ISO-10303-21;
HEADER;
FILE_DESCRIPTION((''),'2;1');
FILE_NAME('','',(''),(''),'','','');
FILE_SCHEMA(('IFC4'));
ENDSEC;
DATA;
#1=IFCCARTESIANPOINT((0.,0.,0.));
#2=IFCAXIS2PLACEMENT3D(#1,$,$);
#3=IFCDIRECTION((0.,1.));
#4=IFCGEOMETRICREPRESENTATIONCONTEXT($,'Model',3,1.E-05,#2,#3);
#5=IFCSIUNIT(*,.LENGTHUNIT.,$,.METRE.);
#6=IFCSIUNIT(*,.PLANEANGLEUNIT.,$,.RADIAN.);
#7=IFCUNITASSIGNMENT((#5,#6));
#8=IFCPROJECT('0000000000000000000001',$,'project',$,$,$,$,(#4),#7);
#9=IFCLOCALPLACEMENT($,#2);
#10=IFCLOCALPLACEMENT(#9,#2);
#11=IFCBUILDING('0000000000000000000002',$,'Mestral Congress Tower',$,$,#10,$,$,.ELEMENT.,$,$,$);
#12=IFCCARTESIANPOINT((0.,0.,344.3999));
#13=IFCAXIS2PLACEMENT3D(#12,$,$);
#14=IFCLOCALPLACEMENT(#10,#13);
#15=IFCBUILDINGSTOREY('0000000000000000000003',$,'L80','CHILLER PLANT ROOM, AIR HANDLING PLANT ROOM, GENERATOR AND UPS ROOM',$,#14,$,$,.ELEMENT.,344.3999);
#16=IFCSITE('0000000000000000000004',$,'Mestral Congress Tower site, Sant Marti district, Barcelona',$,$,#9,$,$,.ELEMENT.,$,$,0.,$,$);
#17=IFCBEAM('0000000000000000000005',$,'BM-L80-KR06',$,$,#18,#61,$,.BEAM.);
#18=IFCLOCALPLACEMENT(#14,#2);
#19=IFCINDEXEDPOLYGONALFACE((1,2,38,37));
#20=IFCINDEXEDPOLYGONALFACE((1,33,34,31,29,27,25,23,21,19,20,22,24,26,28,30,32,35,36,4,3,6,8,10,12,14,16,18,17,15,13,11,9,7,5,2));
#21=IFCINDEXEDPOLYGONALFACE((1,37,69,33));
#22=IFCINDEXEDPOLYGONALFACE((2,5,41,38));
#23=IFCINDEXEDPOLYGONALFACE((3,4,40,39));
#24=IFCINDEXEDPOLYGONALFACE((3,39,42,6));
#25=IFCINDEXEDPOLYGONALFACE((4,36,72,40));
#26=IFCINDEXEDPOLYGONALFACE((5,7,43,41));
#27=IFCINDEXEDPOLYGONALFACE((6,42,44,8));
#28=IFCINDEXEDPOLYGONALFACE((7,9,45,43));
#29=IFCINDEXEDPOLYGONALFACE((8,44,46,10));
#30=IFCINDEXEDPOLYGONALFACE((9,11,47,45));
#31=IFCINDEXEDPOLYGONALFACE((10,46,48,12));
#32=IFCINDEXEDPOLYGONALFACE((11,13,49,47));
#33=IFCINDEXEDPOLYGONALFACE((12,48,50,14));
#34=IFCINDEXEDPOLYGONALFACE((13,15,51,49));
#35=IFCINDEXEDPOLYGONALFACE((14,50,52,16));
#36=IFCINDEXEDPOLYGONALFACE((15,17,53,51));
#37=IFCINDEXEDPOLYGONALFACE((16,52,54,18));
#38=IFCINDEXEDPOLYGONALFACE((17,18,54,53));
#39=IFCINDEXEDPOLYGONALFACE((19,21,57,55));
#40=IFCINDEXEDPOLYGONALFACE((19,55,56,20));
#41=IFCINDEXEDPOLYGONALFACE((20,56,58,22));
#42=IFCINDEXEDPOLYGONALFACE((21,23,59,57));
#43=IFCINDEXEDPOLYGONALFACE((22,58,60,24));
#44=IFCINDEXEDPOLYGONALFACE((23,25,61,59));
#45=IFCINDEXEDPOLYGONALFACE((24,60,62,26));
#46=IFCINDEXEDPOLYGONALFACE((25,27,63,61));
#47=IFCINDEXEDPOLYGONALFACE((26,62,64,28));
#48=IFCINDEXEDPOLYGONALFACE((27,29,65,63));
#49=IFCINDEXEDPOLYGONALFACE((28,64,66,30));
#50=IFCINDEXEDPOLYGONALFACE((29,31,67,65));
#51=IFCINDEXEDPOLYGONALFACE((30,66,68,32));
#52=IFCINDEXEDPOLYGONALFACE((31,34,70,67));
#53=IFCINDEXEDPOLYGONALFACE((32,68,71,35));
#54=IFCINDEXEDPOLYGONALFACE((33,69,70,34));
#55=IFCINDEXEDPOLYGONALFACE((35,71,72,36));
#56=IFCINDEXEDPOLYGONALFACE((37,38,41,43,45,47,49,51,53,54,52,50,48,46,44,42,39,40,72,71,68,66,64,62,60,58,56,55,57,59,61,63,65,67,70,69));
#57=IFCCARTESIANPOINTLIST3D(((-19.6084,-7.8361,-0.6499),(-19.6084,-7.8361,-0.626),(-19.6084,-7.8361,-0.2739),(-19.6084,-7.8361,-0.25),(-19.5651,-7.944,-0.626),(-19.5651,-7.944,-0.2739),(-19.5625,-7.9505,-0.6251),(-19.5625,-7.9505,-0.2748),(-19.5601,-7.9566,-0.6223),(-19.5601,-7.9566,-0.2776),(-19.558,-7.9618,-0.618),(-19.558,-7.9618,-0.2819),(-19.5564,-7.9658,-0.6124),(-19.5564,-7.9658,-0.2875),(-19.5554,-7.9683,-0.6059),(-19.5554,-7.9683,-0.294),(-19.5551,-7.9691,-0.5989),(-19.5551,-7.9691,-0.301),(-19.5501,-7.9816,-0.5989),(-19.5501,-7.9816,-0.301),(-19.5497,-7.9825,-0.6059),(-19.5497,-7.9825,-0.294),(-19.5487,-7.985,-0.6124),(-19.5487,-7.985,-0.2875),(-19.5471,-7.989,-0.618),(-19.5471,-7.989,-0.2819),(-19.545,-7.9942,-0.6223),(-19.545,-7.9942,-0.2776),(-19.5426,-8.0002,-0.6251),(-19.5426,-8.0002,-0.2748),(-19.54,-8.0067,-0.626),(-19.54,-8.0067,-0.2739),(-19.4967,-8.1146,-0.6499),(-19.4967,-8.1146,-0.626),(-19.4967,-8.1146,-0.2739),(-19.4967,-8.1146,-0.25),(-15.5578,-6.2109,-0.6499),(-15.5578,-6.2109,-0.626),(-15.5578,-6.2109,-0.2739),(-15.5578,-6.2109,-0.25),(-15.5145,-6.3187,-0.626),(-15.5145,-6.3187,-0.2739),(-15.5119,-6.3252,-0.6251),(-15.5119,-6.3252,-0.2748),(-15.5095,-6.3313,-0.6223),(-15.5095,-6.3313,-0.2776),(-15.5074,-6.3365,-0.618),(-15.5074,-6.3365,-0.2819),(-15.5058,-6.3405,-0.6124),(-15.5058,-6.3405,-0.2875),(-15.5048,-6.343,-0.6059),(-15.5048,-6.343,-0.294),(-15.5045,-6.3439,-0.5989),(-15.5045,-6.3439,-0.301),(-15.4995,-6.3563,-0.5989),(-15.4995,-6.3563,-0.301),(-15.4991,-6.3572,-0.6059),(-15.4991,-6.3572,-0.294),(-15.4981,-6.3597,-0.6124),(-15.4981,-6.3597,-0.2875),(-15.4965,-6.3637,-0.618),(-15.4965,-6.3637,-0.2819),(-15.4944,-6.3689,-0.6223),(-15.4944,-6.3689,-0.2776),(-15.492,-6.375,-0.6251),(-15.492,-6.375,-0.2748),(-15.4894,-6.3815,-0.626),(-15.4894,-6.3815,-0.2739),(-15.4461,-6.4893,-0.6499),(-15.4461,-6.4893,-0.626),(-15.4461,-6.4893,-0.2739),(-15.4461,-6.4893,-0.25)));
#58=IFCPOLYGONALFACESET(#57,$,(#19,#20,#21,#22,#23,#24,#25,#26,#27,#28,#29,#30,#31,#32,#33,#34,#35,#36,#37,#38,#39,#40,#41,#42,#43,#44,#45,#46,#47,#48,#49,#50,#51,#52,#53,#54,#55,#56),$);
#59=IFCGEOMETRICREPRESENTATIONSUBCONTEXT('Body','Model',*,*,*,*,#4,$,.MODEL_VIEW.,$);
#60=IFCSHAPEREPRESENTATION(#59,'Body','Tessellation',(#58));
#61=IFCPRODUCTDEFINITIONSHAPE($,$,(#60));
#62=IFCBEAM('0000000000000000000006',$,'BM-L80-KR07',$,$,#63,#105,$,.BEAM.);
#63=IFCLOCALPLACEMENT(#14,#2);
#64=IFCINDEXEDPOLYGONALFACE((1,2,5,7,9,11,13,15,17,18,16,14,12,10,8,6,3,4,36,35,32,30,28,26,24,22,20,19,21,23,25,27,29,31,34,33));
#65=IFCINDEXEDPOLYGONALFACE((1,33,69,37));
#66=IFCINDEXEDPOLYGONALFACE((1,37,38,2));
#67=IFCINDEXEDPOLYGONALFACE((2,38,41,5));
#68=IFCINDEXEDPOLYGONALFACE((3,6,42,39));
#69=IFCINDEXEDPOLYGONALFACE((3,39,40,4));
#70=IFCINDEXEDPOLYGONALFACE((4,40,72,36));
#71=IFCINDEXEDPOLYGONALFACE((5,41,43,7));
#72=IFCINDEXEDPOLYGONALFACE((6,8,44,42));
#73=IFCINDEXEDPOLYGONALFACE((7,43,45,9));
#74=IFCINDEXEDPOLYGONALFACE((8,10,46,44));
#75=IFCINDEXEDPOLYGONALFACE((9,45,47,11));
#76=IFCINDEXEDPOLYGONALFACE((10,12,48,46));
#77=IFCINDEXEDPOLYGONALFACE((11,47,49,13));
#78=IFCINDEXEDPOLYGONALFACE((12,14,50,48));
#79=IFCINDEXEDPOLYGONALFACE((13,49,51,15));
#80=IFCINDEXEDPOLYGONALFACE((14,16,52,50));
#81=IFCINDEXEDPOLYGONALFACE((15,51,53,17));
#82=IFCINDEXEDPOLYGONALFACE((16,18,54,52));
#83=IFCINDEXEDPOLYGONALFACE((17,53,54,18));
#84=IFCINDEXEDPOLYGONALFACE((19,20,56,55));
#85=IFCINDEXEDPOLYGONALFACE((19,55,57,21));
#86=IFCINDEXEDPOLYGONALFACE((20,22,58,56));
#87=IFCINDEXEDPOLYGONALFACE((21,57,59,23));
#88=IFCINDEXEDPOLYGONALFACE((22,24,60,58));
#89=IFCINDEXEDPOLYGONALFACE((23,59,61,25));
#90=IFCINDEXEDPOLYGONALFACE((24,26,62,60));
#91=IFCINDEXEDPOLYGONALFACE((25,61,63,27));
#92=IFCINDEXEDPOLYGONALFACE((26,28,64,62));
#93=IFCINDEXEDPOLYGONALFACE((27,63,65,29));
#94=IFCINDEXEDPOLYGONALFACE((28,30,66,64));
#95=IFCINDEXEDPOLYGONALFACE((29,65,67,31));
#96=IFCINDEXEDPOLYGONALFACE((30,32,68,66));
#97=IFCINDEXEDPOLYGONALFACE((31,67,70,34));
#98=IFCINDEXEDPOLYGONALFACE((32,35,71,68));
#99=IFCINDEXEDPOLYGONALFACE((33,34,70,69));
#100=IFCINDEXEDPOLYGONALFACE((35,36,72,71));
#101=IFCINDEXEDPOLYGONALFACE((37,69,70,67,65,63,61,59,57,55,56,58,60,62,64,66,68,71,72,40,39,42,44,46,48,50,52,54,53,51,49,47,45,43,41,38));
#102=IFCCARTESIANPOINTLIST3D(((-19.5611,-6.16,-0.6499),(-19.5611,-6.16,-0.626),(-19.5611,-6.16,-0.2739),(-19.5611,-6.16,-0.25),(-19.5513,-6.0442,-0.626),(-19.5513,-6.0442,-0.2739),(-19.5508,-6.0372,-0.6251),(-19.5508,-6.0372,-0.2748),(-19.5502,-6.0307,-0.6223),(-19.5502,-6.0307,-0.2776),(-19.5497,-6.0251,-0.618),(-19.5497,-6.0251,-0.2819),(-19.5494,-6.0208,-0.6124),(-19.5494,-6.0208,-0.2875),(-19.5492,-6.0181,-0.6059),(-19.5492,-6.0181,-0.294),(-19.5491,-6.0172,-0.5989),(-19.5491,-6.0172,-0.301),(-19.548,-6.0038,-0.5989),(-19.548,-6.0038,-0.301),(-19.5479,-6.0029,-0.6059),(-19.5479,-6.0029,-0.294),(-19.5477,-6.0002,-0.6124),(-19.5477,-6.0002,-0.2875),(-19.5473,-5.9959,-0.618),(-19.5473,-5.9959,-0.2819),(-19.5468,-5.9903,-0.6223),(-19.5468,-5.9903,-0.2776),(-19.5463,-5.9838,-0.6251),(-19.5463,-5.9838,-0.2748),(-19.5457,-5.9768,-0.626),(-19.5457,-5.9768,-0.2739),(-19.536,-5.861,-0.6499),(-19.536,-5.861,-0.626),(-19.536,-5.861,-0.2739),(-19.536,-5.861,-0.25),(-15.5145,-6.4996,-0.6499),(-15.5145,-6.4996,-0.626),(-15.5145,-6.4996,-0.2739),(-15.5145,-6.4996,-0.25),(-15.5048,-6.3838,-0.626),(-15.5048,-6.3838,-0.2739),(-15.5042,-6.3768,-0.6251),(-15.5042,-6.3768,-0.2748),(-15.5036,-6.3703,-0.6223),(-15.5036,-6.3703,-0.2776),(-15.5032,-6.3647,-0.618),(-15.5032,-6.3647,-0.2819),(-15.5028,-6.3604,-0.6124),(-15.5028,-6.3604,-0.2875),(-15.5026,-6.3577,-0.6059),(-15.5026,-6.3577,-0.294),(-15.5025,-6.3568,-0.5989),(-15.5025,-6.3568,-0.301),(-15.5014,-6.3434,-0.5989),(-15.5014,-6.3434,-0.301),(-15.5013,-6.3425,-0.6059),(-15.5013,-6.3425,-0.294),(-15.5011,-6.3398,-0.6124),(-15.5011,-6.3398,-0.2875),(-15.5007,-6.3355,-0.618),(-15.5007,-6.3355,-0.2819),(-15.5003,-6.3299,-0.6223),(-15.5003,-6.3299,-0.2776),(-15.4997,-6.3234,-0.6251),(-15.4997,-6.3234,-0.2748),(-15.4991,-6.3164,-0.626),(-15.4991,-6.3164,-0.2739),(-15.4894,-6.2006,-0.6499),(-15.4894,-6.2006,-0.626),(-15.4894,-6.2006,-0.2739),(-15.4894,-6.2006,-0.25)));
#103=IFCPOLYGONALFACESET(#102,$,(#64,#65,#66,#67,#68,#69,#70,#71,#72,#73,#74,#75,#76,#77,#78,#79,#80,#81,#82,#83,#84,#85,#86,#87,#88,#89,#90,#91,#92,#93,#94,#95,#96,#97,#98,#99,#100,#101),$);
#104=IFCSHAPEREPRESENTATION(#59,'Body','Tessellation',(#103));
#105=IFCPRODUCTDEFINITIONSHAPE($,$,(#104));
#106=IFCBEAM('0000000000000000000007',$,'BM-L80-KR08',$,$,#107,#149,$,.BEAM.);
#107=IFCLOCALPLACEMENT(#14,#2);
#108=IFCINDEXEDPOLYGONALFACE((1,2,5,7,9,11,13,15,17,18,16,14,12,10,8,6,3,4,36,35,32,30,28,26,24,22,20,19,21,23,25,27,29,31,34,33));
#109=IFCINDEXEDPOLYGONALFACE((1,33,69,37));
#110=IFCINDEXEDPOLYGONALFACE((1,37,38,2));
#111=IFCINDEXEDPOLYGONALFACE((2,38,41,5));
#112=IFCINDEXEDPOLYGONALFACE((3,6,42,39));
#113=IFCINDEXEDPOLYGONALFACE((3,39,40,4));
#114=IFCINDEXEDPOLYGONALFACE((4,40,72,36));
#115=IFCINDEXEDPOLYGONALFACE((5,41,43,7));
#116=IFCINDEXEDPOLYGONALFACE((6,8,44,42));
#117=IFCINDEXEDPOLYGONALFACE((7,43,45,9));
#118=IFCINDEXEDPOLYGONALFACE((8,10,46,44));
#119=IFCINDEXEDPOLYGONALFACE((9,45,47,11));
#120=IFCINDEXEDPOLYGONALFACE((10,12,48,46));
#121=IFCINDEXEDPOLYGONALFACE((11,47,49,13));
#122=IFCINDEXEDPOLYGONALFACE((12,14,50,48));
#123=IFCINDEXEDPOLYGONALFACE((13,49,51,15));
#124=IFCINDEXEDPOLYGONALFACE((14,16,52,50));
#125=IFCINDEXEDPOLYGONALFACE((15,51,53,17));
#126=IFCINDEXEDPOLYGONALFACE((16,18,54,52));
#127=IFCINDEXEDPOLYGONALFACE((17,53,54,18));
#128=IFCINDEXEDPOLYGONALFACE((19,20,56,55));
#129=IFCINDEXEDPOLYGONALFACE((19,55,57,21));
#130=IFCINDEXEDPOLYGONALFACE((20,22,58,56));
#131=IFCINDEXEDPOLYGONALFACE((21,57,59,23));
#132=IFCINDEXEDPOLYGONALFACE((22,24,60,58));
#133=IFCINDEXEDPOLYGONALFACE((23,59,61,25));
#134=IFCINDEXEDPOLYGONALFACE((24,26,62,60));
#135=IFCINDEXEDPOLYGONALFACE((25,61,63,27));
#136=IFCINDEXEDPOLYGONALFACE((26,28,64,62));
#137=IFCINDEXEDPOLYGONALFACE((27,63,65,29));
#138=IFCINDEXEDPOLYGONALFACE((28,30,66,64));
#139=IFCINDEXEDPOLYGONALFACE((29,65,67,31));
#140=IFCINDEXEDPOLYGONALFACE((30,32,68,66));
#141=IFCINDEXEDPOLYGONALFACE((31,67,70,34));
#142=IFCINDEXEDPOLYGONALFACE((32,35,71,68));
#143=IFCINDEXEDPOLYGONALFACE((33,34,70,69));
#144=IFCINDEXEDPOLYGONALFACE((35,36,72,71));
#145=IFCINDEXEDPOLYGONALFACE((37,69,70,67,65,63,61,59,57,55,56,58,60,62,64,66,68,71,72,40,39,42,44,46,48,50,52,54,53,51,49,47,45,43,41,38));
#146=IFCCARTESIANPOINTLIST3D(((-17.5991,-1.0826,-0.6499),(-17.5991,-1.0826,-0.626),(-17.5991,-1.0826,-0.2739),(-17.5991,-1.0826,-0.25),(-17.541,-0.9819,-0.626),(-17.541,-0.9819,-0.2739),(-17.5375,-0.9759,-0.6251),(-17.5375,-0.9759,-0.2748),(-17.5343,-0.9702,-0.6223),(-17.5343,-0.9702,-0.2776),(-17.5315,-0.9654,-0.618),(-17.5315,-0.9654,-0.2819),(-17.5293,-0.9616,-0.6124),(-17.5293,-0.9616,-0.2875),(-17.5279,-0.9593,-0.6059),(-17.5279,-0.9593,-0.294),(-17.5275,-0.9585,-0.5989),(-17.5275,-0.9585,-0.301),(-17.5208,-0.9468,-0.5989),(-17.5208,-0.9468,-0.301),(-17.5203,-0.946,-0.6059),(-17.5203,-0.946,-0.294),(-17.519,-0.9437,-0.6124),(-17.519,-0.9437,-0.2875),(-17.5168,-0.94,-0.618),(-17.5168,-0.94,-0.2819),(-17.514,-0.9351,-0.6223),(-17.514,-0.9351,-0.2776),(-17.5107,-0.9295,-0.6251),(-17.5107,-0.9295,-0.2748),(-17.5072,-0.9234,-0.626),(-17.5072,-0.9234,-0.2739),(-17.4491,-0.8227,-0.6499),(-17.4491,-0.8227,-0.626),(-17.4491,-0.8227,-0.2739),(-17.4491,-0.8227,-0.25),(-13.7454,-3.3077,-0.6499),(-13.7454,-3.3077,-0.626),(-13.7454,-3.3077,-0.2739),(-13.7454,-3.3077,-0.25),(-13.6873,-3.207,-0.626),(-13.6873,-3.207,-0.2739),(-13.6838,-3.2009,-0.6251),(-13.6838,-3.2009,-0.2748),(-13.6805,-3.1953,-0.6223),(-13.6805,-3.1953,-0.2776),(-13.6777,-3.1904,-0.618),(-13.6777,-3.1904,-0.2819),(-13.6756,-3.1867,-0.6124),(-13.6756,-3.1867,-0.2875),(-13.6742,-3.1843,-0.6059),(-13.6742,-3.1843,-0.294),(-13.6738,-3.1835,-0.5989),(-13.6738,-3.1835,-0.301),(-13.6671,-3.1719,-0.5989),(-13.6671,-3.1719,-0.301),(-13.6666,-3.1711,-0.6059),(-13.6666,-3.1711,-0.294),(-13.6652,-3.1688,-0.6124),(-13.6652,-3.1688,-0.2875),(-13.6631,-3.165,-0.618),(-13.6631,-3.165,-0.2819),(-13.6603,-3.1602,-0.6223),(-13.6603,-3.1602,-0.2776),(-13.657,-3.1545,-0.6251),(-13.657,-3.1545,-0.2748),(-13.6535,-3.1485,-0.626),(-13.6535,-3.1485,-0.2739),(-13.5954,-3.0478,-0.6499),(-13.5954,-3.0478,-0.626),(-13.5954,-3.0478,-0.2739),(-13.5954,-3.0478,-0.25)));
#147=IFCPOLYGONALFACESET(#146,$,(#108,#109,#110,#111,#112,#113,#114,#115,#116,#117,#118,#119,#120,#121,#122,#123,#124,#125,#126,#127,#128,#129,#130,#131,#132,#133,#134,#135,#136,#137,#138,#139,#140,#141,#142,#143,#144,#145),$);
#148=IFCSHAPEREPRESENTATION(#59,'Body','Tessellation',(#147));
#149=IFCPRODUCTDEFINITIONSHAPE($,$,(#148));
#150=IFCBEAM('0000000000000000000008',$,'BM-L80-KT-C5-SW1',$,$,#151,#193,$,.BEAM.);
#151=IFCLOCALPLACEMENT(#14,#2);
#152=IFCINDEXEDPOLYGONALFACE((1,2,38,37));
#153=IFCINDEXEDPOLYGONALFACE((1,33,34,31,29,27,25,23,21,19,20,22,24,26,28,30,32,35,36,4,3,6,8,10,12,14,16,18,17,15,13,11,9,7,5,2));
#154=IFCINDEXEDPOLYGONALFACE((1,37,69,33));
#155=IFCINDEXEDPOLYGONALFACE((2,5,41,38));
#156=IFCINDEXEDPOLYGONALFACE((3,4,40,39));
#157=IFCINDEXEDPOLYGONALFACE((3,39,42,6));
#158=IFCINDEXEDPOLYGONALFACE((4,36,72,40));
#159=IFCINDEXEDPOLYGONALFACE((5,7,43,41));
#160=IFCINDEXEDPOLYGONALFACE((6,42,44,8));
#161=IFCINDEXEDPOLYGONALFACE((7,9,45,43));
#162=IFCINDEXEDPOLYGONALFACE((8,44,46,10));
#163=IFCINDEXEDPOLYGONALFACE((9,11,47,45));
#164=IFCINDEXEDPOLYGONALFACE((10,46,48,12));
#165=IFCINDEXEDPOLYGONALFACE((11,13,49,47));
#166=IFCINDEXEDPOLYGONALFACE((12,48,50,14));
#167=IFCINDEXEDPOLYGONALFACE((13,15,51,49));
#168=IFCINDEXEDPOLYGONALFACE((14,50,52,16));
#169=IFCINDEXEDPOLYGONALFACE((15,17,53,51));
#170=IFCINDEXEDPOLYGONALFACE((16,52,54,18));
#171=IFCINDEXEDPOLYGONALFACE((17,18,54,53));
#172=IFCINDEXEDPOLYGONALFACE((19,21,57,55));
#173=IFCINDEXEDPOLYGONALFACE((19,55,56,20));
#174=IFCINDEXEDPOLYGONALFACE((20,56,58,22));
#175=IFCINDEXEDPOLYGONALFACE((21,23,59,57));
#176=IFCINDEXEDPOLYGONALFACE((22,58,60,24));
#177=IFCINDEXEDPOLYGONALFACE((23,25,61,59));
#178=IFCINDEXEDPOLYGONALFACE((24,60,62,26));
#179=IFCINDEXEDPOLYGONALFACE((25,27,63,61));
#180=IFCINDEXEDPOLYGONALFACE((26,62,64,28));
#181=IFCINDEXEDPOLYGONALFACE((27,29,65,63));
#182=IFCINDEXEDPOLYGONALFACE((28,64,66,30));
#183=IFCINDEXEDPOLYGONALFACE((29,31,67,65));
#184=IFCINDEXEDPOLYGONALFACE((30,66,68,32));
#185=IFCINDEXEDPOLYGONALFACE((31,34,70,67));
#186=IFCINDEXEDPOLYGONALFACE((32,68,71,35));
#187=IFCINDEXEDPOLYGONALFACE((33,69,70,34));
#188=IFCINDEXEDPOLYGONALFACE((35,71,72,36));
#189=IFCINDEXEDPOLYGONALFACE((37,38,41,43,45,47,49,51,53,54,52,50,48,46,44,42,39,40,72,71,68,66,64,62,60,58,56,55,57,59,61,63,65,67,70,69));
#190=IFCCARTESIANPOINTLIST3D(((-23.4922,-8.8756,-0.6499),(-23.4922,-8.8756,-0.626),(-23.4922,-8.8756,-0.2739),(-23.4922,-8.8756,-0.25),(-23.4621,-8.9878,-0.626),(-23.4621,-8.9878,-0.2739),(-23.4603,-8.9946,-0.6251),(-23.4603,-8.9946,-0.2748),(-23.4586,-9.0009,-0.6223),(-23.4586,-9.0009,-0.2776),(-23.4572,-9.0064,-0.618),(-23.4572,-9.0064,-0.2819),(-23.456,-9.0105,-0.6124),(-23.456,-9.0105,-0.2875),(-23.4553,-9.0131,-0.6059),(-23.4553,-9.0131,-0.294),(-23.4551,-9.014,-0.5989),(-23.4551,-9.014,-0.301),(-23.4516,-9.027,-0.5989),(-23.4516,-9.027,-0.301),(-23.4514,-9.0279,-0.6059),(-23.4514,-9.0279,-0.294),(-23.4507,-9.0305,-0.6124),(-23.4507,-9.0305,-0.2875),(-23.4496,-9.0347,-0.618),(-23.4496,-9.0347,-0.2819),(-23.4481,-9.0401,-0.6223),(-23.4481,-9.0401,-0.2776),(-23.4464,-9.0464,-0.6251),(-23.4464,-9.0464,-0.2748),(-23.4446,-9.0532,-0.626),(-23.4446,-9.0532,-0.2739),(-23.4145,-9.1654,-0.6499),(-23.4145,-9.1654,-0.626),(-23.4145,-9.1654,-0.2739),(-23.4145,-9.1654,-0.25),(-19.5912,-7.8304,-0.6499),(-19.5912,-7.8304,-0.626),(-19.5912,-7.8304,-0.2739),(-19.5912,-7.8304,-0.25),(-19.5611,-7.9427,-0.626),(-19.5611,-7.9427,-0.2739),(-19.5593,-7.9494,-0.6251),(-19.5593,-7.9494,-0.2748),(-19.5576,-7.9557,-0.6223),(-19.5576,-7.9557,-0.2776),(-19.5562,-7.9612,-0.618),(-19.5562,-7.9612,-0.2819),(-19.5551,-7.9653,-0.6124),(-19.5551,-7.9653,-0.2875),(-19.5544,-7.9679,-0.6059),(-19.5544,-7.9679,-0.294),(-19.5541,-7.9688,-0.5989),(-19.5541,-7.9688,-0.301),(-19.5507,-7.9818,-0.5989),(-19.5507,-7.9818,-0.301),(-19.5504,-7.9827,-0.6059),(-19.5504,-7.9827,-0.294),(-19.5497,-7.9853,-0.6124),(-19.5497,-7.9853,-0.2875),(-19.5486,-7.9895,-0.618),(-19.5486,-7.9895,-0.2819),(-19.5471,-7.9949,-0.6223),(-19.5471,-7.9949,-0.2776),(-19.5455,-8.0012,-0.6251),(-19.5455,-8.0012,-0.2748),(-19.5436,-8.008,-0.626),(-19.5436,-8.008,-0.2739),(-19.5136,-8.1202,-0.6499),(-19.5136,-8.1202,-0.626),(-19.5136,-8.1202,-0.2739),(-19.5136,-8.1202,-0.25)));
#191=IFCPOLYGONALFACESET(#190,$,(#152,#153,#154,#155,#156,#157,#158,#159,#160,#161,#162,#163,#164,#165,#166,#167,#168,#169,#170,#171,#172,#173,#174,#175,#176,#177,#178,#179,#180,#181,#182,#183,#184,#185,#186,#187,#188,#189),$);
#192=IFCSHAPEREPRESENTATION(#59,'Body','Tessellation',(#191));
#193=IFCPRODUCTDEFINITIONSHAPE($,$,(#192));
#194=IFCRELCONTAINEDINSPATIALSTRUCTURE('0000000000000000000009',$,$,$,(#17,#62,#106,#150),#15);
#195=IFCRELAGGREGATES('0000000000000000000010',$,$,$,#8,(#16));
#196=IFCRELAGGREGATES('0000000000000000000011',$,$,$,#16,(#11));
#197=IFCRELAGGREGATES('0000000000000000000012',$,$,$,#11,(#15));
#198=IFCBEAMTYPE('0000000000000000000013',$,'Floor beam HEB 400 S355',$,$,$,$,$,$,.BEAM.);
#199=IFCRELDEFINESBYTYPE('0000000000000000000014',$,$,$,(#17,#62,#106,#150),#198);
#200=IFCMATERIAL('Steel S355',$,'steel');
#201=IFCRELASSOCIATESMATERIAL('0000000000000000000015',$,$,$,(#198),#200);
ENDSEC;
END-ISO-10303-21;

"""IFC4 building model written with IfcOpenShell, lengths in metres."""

from ifc_helpers import new_model, si_unit, direction, frame, origin, origin_2d, place, context, subcontext, project, spatial, i_section, extrude, material, material_profile, profile_set, type_object, element, save


model = new_model("IFC4")

# Units and contexts
model_context = context("Model", 3, precision=1e-05, world=origin(), true_north=direction((0.0, 1.0)))
body_context = subcontext(model_context, "Body", "Model", "MODEL_VIEW")
ifc_project = project(units=[si_unit("LENGTHUNIT", "METRE"), si_unit("PLANEANGLEUNIT", "RADIAN")], contexts=[model_context])

# Site, building, storey
site_placement = place(None, origin())
site = spatial("IfcSite", under=ifc_project, at=site_placement, Name="Mestral Congress Tower site, Sant Marti district, Barcelona", CompositionType="ELEMENT", RefElevation=0.0)
building_placement = place(site_placement, origin())
building = spatial("IfcBuilding", under=site, at=building_placement, Name="Mestral Congress Tower", CompositionType="ELEMENT")
storey_placement = place(building_placement, frame((0.0, 0.0, 344.3999)))
storey = spatial("IfcBuildingStorey", under=building, at=storey_placement, Name="L80", Description="CHILLER PLANT ROOM, AIR HANDLING PLANT ROOM, GENERATOR AND UPS ROOM", CompositionType="ELEMENT", Elevation=344.3999)

# Shared definitions
ifc_material_1 = material(Name="Steel S355", Category="steel")

# Beams
ifc_material_profile_1 = material_profile(ifc_material_1, i_section(OverallWidth=0.3, OverallDepth=0.3999, WebThickness=0.0134, FlangeThickness=0.0239, FilletRadius=0.0271, at=origin_2d()), Name="HEB 400")
ifc_profile_set_1 = profile_set([ifc_material_profile_1], Name="Steel S355")
beam_type_1 = type_object("IfcBeamType", Name="Floor beam HEB 400 S355", PredefinedType="BEAM", material=ifc_profile_set_1)
beam_1_placement = place(storey_placement, frame((-15.502, -6.3501, -0.45), z_axis=(-0.928079, -0.372384, 0.0), x_axis=(0.372384, -0.928079, 0.0)))
element("IfcBeam", 1, at=beam_1_placement, inside=storey, type_object=beam_type_1, Name="BM-L80-KR06", PredefinedType="BEAM", context=body_context, shape_type="SweptSolid", body=[
    extrude(i_section(OverallWidth=0.3, OverallDepth=0.3999, WebThickness=0.0134, FlangeThickness=0.0239, FilletRadius=0.0271, at=origin_2d()), origin(), (0.0, 0.0, 1.0), 4.3645),
])
beam_2_placement = place(storey_placement, frame((-15.502, -6.3501, -0.45), z_axis=(-0.996497, 0.083628, 0.0), x_axis=(-0.083628, -0.996497, 0.0)))
element("IfcBeam", 2, at=beam_2_placement, inside=storey, type_object=beam_type_1, Name="BM-L80-KR07", PredefinedType="BEAM", context=body_context, shape_type="SweptSolid", body=[
    extrude(i_section(OverallWidth=0.3, OverallDepth=0.3999, WebThickness=0.0134, FlangeThickness=0.0239, FilletRadius=0.0271, at=origin_2d()), origin(), (0.0, 0.0, 1.0), 4.0608),
])
beam_3_placement = place(storey_placement, frame((-13.6704, -3.1777, -0.45), z_axis=(-0.866013, 0.500022, 0.0), x_axis=(-0.500022, -0.866013, 0.0)))
element("IfcBeam", 3, at=beam_3_placement, inside=storey, type_object=beam_type_1, Name="BM-L80-KR08", PredefinedType="BEAM", context=body_context, shape_type="SweptSolid", body=[
    extrude(i_section(OverallWidth=0.3, OverallDepth=0.3999, WebThickness=0.0134, FlangeThickness=0.0239, FilletRadius=0.0271, at=origin_2d()), origin(), (0.0, 0.0, 1.0), 4.45),
])
beam_4_placement = place(storey_placement, frame((-23.4534, -9.0205, -0.45), z_axis=(0.96593, 0.258803, 0.0), x_axis=(-0.258803, 0.96593, 0.0)))
element("IfcBeam", 4, at=beam_4_placement, inside=storey, type_object=beam_type_1, Name="BM-L80-KT-C5-SW1", PredefinedType="BEAM", context=body_context, shape_type="SweptSolid", body=[
    extrude(i_section(OverallWidth=0.3, OverallDepth=0.3999, WebThickness=0.0134, FlangeThickness=0.0239, FilletRadius=0.0271, at=origin_2d()), origin(), (0.0, 0.0, 1.0), 4.0386),
])

save(model, "model.ifc")
